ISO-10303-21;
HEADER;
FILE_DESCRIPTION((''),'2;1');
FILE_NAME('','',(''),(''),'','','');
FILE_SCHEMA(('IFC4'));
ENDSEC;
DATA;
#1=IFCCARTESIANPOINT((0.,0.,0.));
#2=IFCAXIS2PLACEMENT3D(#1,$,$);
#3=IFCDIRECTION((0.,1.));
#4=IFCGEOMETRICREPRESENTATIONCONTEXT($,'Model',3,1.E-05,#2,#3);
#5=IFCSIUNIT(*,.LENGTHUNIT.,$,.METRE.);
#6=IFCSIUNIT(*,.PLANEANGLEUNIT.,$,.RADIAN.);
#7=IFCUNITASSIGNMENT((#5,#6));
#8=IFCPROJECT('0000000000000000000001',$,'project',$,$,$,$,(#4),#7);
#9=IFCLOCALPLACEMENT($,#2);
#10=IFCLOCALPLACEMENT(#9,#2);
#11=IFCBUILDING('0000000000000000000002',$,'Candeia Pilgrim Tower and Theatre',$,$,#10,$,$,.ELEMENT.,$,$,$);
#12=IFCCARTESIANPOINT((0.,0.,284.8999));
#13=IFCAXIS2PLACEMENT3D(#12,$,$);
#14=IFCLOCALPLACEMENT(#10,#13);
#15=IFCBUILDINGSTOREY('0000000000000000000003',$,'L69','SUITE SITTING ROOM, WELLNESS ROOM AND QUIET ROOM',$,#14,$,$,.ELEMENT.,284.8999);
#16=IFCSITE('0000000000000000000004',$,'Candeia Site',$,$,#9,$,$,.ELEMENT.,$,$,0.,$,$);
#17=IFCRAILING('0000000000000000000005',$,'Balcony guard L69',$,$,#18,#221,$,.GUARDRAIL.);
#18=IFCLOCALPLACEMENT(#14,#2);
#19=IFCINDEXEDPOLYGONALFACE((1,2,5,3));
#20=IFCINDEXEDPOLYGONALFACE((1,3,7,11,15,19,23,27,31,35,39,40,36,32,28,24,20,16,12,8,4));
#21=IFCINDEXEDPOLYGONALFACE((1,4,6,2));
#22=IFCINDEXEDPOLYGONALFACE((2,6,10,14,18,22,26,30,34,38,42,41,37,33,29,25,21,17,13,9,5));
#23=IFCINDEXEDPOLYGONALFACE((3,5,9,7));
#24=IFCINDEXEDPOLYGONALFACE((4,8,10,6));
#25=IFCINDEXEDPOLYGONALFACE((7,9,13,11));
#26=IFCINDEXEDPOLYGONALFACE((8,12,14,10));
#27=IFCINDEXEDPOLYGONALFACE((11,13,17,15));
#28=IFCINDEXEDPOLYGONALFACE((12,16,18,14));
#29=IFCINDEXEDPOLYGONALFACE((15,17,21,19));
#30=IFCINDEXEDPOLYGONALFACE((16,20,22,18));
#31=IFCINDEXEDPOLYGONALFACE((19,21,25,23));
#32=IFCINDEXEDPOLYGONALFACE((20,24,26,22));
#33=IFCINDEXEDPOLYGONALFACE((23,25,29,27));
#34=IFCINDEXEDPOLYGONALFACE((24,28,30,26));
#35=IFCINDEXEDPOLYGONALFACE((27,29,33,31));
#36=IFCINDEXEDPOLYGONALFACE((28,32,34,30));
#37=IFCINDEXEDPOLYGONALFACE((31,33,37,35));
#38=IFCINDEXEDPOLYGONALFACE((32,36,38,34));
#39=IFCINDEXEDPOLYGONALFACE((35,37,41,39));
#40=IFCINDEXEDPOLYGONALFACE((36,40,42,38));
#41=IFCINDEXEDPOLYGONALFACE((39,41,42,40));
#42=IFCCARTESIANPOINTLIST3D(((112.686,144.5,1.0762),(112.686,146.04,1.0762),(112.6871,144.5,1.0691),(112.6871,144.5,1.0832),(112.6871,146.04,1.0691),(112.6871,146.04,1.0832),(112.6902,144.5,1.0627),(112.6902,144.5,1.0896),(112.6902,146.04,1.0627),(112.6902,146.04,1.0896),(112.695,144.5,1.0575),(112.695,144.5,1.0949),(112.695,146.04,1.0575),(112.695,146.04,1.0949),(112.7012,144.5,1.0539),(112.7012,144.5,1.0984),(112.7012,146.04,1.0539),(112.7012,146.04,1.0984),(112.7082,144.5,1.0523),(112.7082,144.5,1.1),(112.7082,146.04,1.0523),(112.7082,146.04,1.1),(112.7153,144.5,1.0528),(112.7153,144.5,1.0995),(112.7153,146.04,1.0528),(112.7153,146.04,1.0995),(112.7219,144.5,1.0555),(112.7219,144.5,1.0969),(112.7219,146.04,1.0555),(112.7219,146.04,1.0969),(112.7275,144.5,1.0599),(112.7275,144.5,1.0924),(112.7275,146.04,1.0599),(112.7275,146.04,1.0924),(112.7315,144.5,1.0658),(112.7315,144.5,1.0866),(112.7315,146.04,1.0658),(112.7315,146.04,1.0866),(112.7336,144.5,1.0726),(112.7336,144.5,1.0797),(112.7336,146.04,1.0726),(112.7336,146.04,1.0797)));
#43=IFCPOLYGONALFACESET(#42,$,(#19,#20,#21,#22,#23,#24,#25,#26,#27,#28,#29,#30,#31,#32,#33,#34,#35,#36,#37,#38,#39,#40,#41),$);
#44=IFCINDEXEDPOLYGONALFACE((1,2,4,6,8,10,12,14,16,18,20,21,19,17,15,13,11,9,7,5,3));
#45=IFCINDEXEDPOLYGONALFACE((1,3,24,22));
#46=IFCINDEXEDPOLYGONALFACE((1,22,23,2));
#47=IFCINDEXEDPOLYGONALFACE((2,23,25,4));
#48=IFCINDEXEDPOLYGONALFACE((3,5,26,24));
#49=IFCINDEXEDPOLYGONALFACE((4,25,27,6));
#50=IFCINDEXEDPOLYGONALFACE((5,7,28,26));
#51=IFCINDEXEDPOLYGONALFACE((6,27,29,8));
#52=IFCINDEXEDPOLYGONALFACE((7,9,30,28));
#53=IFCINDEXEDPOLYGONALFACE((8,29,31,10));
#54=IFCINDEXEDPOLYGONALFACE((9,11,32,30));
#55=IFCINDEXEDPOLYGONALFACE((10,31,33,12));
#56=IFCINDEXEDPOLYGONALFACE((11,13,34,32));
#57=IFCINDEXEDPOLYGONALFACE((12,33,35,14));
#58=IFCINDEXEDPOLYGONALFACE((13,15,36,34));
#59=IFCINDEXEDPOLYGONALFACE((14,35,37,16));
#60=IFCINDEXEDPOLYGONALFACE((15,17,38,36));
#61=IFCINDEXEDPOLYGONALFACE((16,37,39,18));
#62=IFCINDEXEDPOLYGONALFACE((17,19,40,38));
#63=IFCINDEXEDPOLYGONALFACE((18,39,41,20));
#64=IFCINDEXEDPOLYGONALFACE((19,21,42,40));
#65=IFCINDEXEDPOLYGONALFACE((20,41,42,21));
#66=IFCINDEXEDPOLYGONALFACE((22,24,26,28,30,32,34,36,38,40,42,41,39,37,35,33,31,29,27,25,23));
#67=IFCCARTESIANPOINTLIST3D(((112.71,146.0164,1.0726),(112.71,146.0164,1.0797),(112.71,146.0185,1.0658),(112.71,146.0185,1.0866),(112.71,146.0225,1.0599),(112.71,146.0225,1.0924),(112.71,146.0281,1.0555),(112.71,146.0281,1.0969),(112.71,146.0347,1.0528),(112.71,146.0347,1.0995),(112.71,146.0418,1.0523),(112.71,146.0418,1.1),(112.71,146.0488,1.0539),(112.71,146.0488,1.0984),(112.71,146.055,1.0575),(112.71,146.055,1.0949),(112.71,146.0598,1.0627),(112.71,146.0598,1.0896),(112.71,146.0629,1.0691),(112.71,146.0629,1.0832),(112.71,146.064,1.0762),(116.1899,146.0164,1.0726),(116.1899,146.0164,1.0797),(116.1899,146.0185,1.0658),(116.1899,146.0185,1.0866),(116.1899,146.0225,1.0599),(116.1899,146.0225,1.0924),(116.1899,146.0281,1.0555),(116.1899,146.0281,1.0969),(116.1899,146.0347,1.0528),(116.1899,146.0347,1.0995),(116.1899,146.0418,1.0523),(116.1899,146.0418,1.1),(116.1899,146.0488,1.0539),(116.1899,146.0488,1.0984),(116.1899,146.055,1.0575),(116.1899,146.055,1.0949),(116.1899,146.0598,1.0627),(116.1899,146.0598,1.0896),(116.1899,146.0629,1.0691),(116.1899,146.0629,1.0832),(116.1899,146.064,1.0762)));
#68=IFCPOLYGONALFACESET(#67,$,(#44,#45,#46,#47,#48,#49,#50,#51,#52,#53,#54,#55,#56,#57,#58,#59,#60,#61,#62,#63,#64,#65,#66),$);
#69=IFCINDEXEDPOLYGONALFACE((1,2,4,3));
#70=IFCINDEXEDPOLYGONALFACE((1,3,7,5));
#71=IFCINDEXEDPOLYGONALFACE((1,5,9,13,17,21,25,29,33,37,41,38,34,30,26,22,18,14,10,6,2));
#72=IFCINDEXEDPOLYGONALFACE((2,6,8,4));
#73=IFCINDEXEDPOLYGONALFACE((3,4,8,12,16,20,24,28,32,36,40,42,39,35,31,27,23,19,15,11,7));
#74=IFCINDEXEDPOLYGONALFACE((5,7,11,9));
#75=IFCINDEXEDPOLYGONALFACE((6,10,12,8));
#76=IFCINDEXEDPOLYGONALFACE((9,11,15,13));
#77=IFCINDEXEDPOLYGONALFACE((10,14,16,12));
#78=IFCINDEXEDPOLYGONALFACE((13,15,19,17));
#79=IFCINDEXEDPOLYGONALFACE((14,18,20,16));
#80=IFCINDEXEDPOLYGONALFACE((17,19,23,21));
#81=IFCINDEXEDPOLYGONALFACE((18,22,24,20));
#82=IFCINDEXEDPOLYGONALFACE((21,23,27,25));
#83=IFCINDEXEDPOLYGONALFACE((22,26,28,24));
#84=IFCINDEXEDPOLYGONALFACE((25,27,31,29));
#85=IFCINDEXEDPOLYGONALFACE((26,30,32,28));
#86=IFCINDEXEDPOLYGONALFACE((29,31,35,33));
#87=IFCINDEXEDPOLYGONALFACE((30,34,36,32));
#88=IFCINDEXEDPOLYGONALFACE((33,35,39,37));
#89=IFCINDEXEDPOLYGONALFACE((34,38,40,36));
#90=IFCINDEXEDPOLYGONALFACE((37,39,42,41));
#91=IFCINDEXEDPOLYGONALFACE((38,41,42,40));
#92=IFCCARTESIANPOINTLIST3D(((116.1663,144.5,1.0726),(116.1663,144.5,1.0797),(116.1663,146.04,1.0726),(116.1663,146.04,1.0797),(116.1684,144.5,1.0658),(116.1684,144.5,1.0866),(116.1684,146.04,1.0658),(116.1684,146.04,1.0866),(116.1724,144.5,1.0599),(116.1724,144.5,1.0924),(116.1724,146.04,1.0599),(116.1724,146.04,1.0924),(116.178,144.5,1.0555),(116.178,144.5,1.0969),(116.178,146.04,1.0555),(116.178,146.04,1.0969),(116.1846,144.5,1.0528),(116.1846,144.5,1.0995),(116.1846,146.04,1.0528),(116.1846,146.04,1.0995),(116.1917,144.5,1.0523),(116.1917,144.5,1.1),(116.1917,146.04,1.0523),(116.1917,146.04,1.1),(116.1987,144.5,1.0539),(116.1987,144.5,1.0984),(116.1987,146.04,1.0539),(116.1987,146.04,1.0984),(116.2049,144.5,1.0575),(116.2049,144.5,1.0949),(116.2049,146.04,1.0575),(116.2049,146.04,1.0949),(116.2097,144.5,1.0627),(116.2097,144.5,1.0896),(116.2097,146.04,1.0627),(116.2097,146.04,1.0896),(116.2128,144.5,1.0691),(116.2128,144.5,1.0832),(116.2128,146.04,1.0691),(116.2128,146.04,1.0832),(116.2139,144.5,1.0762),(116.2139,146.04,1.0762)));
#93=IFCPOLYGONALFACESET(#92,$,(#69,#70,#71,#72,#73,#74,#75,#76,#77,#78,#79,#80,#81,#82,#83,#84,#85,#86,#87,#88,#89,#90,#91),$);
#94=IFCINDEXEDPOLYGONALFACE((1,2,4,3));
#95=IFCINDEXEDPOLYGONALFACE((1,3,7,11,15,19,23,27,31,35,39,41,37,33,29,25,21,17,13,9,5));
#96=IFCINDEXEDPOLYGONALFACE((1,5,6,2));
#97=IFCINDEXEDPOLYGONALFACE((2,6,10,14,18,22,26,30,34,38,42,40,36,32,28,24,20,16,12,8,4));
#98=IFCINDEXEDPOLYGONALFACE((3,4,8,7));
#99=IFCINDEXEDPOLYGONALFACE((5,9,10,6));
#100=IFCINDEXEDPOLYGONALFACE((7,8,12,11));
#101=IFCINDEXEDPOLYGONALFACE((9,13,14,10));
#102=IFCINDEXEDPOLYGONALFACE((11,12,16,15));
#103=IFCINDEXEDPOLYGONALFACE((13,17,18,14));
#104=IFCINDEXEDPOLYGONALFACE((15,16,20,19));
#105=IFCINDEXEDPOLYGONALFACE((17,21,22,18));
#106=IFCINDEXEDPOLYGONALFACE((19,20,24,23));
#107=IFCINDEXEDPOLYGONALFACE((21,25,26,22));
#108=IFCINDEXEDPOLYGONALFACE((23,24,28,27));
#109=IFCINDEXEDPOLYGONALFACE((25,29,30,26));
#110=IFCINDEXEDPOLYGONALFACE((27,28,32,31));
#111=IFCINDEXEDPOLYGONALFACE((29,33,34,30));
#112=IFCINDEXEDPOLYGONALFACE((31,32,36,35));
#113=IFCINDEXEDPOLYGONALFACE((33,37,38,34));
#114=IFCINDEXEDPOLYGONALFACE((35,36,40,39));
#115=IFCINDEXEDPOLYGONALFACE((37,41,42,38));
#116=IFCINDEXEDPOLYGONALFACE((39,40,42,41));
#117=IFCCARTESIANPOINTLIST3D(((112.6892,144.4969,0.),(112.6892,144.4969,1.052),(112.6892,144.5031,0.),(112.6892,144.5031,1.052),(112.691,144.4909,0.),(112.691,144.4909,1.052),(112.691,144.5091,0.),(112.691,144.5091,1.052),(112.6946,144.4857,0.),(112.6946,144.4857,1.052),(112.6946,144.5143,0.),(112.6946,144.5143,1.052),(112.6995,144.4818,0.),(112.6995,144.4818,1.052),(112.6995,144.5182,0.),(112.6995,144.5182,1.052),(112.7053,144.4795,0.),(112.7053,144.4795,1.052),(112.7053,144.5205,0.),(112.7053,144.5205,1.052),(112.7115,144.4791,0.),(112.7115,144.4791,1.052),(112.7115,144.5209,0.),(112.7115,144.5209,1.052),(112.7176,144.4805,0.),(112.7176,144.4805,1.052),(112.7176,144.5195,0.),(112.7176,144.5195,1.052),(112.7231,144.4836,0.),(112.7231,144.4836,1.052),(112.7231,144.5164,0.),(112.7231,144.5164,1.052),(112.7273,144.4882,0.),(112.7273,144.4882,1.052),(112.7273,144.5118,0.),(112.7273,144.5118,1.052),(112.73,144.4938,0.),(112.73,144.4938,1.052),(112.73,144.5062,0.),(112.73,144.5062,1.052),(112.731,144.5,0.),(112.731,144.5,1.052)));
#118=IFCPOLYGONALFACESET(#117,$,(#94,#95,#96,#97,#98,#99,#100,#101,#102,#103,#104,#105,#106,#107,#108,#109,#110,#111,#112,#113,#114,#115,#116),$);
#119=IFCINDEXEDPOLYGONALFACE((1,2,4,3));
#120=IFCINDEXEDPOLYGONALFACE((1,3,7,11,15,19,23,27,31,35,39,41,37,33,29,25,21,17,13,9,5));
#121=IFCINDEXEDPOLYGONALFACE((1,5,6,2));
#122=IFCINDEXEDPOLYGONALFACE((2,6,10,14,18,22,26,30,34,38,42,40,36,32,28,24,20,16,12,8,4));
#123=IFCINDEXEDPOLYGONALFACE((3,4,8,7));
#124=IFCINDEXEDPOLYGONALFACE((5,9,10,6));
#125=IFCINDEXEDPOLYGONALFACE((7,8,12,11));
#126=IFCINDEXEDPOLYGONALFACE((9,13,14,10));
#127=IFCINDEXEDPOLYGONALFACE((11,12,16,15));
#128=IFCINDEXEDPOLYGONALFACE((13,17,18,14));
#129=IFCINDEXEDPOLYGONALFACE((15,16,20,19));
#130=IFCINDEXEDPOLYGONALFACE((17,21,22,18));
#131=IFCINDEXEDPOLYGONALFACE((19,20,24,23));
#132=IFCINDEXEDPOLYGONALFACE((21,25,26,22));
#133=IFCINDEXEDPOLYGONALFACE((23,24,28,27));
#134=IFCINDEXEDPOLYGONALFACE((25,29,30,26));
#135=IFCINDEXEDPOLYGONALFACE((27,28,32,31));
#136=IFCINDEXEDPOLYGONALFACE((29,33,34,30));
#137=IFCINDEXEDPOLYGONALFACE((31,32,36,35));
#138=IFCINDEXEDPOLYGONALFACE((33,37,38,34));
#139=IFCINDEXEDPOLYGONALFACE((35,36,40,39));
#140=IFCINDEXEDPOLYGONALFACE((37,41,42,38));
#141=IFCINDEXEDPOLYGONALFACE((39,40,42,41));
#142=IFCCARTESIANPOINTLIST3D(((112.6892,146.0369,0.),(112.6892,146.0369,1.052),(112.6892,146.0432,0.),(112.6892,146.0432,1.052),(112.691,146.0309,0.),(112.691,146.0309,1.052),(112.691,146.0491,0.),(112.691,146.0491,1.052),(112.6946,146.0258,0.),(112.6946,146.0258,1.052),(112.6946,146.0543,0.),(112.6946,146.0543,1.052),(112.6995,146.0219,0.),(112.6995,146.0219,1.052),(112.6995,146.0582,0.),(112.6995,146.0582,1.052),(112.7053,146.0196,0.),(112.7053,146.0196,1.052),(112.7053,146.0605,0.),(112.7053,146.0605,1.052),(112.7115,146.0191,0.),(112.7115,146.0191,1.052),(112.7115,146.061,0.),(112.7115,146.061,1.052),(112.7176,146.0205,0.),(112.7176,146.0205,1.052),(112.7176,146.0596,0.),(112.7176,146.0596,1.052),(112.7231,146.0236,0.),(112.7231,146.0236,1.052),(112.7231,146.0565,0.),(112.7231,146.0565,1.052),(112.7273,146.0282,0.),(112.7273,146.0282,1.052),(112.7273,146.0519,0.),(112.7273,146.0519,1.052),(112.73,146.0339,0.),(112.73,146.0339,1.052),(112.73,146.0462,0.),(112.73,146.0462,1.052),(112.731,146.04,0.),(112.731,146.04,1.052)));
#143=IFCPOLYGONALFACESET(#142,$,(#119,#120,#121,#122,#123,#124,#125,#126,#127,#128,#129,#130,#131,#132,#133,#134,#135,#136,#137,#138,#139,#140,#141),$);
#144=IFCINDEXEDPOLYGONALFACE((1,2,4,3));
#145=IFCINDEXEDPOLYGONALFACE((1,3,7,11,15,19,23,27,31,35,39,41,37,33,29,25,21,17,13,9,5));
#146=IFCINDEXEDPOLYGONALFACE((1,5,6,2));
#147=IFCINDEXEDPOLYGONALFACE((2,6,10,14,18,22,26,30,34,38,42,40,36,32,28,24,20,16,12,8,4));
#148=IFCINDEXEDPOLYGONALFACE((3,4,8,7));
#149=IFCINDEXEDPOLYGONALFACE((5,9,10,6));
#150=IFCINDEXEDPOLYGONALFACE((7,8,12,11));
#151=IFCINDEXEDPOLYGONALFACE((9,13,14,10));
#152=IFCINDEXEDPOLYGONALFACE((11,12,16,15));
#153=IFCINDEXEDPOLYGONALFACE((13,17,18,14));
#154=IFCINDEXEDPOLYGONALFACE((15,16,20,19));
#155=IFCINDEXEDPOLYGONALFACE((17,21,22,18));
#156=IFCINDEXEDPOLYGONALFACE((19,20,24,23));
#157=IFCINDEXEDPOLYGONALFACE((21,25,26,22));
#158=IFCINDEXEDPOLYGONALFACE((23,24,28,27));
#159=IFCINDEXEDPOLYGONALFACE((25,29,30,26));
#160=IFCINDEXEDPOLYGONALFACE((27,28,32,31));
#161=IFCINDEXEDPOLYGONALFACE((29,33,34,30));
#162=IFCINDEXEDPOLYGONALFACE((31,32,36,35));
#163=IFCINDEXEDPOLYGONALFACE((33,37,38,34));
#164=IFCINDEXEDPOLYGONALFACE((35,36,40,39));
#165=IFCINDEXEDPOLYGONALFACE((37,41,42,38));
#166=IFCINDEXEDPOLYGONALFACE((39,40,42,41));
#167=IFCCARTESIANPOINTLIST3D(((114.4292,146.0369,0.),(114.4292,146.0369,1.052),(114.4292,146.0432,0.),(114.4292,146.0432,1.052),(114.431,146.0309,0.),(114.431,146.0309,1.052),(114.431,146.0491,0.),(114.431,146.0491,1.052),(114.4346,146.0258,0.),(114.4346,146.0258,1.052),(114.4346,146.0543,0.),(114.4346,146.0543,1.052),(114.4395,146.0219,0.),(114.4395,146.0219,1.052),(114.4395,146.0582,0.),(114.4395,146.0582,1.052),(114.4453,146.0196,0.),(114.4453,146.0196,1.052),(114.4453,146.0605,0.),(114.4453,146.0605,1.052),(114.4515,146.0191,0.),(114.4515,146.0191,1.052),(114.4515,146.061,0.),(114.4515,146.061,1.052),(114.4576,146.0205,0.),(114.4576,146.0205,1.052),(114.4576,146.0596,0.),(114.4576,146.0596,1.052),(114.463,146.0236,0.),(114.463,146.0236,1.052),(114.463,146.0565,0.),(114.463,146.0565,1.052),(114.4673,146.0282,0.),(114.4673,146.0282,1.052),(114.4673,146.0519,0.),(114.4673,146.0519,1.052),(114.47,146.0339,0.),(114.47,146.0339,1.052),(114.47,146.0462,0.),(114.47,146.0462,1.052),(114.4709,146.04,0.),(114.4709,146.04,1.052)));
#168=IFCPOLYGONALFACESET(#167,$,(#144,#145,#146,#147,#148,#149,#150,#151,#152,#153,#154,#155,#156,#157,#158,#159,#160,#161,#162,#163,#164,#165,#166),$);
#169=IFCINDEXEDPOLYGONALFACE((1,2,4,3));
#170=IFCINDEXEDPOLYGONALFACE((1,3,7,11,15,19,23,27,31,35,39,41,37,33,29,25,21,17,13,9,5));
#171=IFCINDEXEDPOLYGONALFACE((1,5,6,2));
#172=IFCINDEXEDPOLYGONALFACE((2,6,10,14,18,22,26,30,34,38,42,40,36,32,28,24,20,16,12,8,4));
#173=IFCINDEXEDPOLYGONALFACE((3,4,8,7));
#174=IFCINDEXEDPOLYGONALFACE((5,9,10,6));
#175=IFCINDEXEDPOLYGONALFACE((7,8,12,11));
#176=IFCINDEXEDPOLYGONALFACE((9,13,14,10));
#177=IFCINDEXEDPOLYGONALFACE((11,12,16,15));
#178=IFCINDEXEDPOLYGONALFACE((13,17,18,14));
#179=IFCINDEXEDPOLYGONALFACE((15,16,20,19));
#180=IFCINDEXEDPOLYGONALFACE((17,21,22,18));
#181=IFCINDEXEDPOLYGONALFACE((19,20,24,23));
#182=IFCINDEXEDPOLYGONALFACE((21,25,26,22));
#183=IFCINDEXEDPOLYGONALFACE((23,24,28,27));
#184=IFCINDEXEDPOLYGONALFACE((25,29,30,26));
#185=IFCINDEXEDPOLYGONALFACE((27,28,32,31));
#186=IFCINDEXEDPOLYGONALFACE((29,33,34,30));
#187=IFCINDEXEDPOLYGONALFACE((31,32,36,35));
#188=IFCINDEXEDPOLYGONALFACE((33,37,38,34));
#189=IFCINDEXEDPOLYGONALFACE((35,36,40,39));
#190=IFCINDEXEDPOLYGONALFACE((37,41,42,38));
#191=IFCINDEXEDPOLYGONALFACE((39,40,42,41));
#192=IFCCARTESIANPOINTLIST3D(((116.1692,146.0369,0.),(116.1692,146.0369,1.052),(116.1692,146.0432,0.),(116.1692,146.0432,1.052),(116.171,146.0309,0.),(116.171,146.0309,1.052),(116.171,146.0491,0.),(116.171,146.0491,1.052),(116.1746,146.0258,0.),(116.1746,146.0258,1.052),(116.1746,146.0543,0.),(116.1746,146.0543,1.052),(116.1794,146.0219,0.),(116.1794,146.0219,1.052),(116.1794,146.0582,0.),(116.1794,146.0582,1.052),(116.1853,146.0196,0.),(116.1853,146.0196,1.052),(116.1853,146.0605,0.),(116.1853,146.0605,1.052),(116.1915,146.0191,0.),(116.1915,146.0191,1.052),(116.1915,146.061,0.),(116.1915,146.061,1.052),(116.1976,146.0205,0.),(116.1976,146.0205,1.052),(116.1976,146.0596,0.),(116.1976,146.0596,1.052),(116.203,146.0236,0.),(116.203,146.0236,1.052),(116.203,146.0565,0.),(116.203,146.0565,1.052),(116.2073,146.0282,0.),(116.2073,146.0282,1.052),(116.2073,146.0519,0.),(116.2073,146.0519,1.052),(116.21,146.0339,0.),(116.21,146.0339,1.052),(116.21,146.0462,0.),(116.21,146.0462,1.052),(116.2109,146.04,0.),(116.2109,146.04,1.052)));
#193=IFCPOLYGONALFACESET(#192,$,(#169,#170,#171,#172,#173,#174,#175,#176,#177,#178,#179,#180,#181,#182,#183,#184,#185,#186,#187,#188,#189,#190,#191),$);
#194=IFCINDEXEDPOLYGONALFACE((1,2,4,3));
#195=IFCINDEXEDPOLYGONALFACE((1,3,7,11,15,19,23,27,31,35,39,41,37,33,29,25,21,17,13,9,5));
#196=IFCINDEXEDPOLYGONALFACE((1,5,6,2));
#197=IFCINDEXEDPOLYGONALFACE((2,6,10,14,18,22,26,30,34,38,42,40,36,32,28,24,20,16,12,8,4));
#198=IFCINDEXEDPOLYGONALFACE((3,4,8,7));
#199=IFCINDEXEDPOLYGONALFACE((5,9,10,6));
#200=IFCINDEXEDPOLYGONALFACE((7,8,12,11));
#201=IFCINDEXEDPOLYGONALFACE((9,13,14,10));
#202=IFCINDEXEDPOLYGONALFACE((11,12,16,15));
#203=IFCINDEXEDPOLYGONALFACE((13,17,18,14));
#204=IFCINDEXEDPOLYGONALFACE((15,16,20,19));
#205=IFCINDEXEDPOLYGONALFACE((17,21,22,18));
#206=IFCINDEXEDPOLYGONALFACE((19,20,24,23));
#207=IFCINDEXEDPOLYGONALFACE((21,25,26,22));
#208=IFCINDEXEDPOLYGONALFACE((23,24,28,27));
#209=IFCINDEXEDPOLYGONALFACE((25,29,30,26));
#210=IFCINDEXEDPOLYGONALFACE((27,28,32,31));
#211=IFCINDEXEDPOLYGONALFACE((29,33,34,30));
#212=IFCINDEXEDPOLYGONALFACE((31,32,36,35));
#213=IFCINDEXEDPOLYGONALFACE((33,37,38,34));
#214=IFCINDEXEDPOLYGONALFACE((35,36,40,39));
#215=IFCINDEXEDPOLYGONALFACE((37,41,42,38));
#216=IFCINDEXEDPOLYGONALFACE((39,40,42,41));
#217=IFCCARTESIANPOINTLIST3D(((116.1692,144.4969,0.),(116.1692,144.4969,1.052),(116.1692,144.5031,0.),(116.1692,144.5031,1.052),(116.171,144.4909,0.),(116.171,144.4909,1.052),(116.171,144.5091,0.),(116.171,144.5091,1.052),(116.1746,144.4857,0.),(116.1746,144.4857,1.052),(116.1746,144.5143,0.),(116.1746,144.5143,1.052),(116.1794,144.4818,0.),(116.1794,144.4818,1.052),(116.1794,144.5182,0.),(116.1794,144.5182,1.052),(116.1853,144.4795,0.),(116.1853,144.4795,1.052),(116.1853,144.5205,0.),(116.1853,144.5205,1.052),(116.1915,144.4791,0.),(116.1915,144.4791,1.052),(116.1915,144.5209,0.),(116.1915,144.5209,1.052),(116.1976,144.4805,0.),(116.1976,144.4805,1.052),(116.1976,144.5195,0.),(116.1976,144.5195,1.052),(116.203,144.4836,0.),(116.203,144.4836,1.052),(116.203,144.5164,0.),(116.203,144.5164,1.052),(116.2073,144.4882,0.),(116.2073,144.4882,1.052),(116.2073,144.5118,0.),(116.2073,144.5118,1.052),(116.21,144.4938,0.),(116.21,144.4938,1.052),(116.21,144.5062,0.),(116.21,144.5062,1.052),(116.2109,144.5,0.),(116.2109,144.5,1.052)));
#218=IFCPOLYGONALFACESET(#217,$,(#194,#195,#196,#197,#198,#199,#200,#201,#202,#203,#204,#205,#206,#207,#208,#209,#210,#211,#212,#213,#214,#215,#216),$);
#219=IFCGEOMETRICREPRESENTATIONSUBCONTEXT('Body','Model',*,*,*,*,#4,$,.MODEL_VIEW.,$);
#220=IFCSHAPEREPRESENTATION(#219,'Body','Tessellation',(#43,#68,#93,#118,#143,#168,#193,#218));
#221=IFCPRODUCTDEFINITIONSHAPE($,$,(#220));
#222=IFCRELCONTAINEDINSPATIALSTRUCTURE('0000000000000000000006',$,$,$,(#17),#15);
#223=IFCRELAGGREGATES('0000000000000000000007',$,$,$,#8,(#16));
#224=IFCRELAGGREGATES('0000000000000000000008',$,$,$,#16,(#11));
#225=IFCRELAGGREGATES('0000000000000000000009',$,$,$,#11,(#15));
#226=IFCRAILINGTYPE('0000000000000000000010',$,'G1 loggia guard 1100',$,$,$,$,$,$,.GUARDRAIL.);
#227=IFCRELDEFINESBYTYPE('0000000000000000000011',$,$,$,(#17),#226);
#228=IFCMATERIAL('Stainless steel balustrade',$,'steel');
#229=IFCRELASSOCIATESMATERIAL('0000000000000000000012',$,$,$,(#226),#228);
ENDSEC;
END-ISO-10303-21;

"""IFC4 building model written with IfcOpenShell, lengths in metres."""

from ifc_helpers import new_model, si_unit, direction, frame, origin, origin_2d, place, context, subcontext, project, spatial, circle, extrude, material, type_object, element, save


model = new_model("IFC4")

# Units and contexts
model_context = context("Model", 3, precision=1e-05, world=origin(), true_north=direction((0.0, 1.0)))
body_context = subcontext(model_context, "Body", "Model", "MODEL_VIEW")
ifc_project = project(units=[si_unit("LENGTHUNIT", "METRE"), si_unit("PLANEANGLEUNIT", "RADIAN")], contexts=[model_context])

# Site, building, storey
site_placement = place(None, origin())
site = spatial("IfcSite", under=ifc_project, at=site_placement, Name="Candeia Site", CompositionType="ELEMENT", RefElevation=0.0)
building_placement = place(site_placement, origin())
building = spatial("IfcBuilding", under=site, at=building_placement, Name="Candeia Pilgrim Tower and Theatre", CompositionType="ELEMENT")
storey_placement = place(building_placement, frame((0.0, 0.0, 284.8999)))
storey = spatial("IfcBuildingStorey", under=building, at=storey_placement, Name="L69", Description="SUITE SITTING ROOM, WELLNESS ROOM AND QUIET ROOM", CompositionType="ELEMENT", Elevation=284.8999)

# Railing
ifc_material_1 = material(Name="Stainless steel balustrade", Category="steel")
railing_type = type_object("IfcRailingType", Name="G1 loggia guard 1100", PredefinedType="GUARDRAIL", material=ifc_material_1)
railing_1_placement = place(storey_placement, frame((112.71, 144.5, 0.0)))
element("IfcRailing", 1, at=railing_1_placement, inside=storey, type_object=railing_type, Name="Balcony guard L69", PredefinedType="GUARDRAIL", context=body_context, shape_type="SweptSolid", body=[
    extrude(circle(Radius=0.0239, at=origin_2d()), frame((0.0, 0.0, 1.0762), z_axis=(0.0, 1.0, 0.0), x_axis=(-1.0, 0.0, 0.0)), (0.0, 0.0, 1.0), 1.54),
    extrude(circle(Radius=0.0239, at=origin_2d()), frame((0.0, 1.54, 1.0762), z_axis=(1.0, 0.0, 0.0), x_axis=(0.0, 1.0, 0.0)), (0.0, 0.0, 1.0), 3.48),
    extrude(circle(Radius=0.0239, at=origin_2d()), frame((3.48, 1.54, 1.0762), z_axis=(0.0, -1.0, 0.0), x_axis=(1.0, 0.0, 0.0)), (0.0, 0.0, 1.0), 1.54),
    extrude(circle(Radius=0.021, at=origin_2d()), origin(), (0.0, 0.0, 1.0), 1.052),
    extrude(circle(Radius=0.021, at=origin_2d()), frame((0.0, 1.54, 0.0)), (0.0, 0.0, 1.0), 1.052),
    extrude(circle(Radius=0.021, at=origin_2d()), frame((1.74, 1.54, 0.0)), (0.0, 0.0, 1.0), 1.052),
    extrude(circle(Radius=0.021, at=origin_2d()), frame((3.48, 1.54, 0.0)), (0.0, 0.0, 1.0), 1.052),
    extrude(circle(Radius=0.021, at=origin_2d()), frame((3.48, 0.0, 0.0)), (0.0, 0.0, 1.0), 1.052),
])

save(model, "model.ifc")
